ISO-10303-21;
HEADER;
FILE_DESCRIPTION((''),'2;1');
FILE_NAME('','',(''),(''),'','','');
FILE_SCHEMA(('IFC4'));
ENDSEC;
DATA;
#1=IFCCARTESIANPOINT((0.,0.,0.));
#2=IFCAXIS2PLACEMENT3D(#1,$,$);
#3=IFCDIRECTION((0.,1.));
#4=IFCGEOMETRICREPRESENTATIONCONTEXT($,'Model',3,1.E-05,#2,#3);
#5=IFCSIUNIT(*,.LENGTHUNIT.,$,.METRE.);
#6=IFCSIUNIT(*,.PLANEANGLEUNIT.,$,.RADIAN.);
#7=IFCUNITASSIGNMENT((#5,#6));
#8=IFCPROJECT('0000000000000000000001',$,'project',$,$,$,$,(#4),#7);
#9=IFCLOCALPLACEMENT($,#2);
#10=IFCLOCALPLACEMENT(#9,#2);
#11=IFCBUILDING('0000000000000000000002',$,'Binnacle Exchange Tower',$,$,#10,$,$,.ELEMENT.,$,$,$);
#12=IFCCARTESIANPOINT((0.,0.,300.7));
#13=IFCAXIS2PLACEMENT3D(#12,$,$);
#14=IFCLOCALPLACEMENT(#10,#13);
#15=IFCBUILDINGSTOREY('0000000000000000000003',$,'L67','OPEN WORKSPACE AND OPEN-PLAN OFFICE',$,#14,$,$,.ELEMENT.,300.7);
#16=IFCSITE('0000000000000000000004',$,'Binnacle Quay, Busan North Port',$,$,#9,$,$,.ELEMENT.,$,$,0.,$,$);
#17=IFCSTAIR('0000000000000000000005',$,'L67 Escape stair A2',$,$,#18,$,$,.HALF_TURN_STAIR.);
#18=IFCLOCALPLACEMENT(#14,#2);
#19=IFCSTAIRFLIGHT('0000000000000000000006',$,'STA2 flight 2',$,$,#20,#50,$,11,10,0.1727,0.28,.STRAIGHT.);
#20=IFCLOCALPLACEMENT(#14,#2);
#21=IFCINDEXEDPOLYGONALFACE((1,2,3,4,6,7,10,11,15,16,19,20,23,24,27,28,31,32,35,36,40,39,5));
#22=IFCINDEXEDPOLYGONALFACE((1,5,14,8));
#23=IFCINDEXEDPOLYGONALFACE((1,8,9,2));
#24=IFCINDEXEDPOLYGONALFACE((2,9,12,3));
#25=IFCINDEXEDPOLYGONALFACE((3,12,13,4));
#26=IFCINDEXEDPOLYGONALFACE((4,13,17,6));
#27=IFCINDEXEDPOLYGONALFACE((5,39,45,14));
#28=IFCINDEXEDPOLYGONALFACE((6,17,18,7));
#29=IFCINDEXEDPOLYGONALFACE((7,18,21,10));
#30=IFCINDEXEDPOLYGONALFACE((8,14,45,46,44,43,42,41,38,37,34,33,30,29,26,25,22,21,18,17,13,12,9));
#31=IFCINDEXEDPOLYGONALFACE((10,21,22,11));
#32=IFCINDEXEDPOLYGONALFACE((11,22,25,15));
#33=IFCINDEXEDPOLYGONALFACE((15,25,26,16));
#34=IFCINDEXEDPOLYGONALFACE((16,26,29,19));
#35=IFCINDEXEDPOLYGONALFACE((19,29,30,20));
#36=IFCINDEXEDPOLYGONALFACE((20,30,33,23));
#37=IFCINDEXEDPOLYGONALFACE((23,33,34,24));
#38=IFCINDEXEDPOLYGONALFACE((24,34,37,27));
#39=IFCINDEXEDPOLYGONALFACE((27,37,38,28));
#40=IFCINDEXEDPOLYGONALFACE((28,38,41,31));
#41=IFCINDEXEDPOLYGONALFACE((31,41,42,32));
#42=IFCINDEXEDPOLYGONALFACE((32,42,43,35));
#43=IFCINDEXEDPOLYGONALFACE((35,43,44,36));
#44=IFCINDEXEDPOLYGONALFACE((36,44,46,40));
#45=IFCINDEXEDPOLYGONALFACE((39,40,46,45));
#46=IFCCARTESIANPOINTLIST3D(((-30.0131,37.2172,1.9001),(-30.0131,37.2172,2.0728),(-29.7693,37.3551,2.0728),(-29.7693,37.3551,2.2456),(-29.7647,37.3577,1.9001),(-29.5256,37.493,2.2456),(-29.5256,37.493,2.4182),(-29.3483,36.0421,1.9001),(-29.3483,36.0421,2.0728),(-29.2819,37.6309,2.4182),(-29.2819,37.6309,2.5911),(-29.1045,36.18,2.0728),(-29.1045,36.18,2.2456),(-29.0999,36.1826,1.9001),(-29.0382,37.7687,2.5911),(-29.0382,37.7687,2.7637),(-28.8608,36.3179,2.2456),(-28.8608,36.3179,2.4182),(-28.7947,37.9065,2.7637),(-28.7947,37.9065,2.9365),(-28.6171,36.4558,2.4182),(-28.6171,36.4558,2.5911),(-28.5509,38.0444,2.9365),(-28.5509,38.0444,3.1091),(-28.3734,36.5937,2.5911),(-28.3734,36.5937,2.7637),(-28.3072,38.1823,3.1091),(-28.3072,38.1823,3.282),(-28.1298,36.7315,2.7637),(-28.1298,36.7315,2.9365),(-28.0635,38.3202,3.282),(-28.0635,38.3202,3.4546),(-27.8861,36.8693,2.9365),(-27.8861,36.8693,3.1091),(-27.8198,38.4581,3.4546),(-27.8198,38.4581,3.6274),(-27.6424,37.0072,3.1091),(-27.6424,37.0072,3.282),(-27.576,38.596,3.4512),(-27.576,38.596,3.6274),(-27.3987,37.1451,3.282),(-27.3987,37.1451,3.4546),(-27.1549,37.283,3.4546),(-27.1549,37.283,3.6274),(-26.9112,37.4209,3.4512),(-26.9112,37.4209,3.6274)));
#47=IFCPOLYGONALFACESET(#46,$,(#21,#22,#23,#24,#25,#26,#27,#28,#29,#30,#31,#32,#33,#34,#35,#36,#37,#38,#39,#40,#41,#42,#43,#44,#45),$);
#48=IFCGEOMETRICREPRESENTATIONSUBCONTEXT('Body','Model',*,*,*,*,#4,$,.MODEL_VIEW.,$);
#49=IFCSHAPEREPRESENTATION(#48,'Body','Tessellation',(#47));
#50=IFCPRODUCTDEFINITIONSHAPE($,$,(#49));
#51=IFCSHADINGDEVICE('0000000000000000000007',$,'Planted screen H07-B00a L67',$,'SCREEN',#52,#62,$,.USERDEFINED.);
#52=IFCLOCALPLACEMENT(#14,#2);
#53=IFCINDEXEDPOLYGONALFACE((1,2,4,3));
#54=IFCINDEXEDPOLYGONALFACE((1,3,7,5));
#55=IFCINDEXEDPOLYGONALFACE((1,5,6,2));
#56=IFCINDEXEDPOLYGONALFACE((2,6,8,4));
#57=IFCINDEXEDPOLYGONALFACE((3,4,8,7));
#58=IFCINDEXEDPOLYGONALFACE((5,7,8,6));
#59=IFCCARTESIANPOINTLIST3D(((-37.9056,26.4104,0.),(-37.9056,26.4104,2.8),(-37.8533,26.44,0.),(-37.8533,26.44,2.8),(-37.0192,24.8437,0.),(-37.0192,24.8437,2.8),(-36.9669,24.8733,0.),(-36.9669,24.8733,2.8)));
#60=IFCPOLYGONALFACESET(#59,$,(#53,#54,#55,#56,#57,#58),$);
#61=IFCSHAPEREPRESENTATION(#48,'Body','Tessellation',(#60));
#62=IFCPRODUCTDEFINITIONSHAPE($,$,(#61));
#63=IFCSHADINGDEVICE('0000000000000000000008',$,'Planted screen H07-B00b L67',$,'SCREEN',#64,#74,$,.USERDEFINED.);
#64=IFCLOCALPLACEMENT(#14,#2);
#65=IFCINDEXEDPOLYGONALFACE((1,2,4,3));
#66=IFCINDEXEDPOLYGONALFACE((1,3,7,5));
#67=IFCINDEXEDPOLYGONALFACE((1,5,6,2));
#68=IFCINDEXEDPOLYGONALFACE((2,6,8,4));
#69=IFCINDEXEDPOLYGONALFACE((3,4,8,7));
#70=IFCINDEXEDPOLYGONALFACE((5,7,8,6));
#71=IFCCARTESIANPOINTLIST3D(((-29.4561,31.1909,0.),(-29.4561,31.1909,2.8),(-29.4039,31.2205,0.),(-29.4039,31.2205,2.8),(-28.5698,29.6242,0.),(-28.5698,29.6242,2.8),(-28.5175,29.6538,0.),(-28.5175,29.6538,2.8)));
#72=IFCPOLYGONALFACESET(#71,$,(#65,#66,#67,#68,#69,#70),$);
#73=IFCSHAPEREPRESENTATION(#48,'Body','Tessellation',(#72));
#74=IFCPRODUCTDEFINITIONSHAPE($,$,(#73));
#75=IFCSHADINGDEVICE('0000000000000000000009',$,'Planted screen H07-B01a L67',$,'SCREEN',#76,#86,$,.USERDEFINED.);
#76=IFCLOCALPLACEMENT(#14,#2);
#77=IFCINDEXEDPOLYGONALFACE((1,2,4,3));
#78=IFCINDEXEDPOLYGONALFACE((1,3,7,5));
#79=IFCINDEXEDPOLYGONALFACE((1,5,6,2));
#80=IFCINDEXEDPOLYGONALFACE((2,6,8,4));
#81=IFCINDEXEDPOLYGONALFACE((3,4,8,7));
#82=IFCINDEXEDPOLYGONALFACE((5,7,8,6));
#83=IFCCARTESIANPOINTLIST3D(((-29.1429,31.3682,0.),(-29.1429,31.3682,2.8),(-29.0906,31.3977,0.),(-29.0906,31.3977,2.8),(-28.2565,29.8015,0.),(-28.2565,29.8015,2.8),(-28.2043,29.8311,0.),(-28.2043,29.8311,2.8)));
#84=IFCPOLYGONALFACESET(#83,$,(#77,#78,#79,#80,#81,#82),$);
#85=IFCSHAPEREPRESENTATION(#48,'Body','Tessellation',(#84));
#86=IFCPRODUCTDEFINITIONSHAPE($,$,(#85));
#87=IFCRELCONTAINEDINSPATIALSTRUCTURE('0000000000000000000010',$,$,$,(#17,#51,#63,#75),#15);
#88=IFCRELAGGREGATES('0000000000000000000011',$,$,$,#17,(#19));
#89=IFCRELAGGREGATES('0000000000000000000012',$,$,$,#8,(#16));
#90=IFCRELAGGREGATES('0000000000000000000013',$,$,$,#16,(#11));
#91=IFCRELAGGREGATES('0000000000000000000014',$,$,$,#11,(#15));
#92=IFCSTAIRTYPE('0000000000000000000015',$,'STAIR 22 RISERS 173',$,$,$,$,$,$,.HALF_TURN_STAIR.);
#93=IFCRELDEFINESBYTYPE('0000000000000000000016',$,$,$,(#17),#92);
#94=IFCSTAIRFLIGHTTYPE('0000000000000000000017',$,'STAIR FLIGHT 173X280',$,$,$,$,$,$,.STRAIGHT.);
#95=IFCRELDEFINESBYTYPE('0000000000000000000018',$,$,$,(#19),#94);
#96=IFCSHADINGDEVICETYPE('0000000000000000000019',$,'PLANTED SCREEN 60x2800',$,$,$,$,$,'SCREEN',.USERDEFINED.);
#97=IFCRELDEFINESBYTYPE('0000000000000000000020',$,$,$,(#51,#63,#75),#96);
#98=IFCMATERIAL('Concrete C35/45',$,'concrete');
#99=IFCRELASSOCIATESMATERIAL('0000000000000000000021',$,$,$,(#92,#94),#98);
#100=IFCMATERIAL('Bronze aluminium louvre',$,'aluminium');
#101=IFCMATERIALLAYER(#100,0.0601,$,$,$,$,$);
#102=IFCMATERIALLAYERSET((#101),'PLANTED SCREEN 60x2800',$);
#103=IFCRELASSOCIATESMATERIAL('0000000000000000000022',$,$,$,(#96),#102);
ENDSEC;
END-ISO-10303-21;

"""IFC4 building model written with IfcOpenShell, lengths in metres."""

from ifc_helpers import new_model, si_unit, direction, frame, origin, origin_2d, place, context, subcontext, project, spatial, polyline, rectangle, outline, extrude, material, layer, layer_set, type_object, element, aggregate, save


model = new_model("IFC4")

# Units and contexts
model_context = context("Model", 3, precision=1e-05, world=origin(), true_north=direction((0.0, 1.0)))
body_context = subcontext(model_context, "Body", "Model", "MODEL_VIEW")
ifc_project = project(units=[si_unit("LENGTHUNIT", "METRE"), si_unit("PLANEANGLEUNIT", "RADIAN")], contexts=[model_context])

# Site, building, storey
site_placement = place(None, origin())
site = spatial("IfcSite", under=ifc_project, at=site_placement, Name="Binnacle Quay, Busan North Port", CompositionType="ELEMENT", RefElevation=0.0)
building_placement = place(site_placement, origin())
building = spatial("IfcBuilding", under=site, at=building_placement, Name="Binnacle Exchange Tower", CompositionType="ELEMENT")
storey_placement = place(building_placement, frame((0.0, 0.0, 300.7)))
storey = spatial("IfcBuildingStorey", under=building, at=storey_placement, Name="L67", Description="OPEN WORKSPACE AND OPEN-PLAN OFFICE", CompositionType="ELEMENT", Elevation=300.7)

# Stair, stair flight
ifc_material_1 = material(Name="Concrete C35/45", Category="concrete")
stair_type = type_object("IfcStairType", Name="STAIR 22 RISERS 173", PredefinedType="HALF_TURN_STAIR", material=ifc_material_1)
stair_placement = place(storey_placement, origin())
stair = element("IfcStair", 1, at=stair_placement, inside=storey, type_object=stair_type, Name="L67 Escape stair A2", PredefinedType="HALF_TURN_STAIR")
stair_flight_type = type_object("IfcStairFlightType", Name="STAIR FLIGHT 173X280", PredefinedType="STRAIGHT", material=ifc_material_1)
stair_flight_placement = place(storey_placement, frame((-29.6807, 36.6296, 1.9001), z_axis=(0.0, 0.0, 1.0), x_axis=(0.870356, 0.492424, 0.0)))
stair_flight = element("IfcStairFlight", 2, at=stair_flight_placement, type_object=stair_flight_type, Name="STA2 flight 2", NumberOfRisers=11, NumberOfTreads=10, PredefinedType="STRAIGHT", RiserHeight=0.1727, TreadLength=0.28, context=body_context, shape_type="SweptSolid", body=[
    extrude(outline(polyline([(0.0, 0.0), (0.0, 0.1726), (0.28, 0.1726), (0.28, 0.3455), (0.5601, 0.3455), (0.5601, 0.5181), (0.8401, 0.5181), (0.8401, 0.6909), (1.1201, 0.6909), (1.1201, 0.8635), (1.3999, 0.8635), (1.3999, 1.0364), (1.6799, 1.0364), (1.6799, 1.209), (1.96, 1.209), (1.96, 1.3818), (2.24, 1.3818), (2.24, 1.5544), (2.52, 1.5544), (2.52, 1.7273), (2.8, 1.7273), (2.8, 1.8999), (2.8, 1.551), (0.2854, 0.0), (0.0, 0.0)])), frame((0.0, 0.675, 0.0), z_axis=(0.0, -1.0, 0.0), x_axis=(1.0, 0.0, 0.0)), (0.0, 0.0, 1.0), 1.3501),
])
aggregate(stair, [stair_flight])

# Shading devices
ifc_material_2 = material(Name="Bronze aluminium louvre", Category="aluminium")
ifc_layer_1 = layer(ifc_material_2, 0.0601)
ifc_layer_set_1 = layer_set([ifc_layer_1], Name="PLANTED SCREEN 60x2800")
shading_device_type = type_object("IfcShadingDeviceType", Name="PLANTED SCREEN 60x2800", ElementType="SCREEN", PredefinedType="USERDEFINED", material=ifc_layer_set_1)
for number, where, z_axis, x_axis, name in (
    (3, (-37.4363, 25.6418, 0.0), (0.0, 0.0, 1.0), (0.870356, 0.492424, 0.0), "Planted screen H07-B00a L67"),
    (4, (-28.9868, 30.4224, 0.0), (0.0, 0.0, 1.0), (0.870356, 0.492424, 0.0), "Planted screen H07-B00b L67"),
    (5, (-28.6736, 30.5996, 0.0), (0.0, 0.0, 1.0), (0.870356, 0.492424, 0.0), "Planted screen H07-B01a L67"),
):
    element("IfcShadingDevice", number, at=place(storey_placement, frame(where, z_axis=z_axis, x_axis=x_axis)), inside=storey, type_object=shading_device_type, Name=name, ObjectType="SCREEN", PredefinedType="USERDEFINED", context=body_context, shape_type="SweptSolid", body=[
        extrude(rectangle(XDim=0.0601, YDim=1.8, at=origin_2d()), origin(), (0.0, 0.0, 1.0), 2.8),
    ])

save(model, "model.ifc")
